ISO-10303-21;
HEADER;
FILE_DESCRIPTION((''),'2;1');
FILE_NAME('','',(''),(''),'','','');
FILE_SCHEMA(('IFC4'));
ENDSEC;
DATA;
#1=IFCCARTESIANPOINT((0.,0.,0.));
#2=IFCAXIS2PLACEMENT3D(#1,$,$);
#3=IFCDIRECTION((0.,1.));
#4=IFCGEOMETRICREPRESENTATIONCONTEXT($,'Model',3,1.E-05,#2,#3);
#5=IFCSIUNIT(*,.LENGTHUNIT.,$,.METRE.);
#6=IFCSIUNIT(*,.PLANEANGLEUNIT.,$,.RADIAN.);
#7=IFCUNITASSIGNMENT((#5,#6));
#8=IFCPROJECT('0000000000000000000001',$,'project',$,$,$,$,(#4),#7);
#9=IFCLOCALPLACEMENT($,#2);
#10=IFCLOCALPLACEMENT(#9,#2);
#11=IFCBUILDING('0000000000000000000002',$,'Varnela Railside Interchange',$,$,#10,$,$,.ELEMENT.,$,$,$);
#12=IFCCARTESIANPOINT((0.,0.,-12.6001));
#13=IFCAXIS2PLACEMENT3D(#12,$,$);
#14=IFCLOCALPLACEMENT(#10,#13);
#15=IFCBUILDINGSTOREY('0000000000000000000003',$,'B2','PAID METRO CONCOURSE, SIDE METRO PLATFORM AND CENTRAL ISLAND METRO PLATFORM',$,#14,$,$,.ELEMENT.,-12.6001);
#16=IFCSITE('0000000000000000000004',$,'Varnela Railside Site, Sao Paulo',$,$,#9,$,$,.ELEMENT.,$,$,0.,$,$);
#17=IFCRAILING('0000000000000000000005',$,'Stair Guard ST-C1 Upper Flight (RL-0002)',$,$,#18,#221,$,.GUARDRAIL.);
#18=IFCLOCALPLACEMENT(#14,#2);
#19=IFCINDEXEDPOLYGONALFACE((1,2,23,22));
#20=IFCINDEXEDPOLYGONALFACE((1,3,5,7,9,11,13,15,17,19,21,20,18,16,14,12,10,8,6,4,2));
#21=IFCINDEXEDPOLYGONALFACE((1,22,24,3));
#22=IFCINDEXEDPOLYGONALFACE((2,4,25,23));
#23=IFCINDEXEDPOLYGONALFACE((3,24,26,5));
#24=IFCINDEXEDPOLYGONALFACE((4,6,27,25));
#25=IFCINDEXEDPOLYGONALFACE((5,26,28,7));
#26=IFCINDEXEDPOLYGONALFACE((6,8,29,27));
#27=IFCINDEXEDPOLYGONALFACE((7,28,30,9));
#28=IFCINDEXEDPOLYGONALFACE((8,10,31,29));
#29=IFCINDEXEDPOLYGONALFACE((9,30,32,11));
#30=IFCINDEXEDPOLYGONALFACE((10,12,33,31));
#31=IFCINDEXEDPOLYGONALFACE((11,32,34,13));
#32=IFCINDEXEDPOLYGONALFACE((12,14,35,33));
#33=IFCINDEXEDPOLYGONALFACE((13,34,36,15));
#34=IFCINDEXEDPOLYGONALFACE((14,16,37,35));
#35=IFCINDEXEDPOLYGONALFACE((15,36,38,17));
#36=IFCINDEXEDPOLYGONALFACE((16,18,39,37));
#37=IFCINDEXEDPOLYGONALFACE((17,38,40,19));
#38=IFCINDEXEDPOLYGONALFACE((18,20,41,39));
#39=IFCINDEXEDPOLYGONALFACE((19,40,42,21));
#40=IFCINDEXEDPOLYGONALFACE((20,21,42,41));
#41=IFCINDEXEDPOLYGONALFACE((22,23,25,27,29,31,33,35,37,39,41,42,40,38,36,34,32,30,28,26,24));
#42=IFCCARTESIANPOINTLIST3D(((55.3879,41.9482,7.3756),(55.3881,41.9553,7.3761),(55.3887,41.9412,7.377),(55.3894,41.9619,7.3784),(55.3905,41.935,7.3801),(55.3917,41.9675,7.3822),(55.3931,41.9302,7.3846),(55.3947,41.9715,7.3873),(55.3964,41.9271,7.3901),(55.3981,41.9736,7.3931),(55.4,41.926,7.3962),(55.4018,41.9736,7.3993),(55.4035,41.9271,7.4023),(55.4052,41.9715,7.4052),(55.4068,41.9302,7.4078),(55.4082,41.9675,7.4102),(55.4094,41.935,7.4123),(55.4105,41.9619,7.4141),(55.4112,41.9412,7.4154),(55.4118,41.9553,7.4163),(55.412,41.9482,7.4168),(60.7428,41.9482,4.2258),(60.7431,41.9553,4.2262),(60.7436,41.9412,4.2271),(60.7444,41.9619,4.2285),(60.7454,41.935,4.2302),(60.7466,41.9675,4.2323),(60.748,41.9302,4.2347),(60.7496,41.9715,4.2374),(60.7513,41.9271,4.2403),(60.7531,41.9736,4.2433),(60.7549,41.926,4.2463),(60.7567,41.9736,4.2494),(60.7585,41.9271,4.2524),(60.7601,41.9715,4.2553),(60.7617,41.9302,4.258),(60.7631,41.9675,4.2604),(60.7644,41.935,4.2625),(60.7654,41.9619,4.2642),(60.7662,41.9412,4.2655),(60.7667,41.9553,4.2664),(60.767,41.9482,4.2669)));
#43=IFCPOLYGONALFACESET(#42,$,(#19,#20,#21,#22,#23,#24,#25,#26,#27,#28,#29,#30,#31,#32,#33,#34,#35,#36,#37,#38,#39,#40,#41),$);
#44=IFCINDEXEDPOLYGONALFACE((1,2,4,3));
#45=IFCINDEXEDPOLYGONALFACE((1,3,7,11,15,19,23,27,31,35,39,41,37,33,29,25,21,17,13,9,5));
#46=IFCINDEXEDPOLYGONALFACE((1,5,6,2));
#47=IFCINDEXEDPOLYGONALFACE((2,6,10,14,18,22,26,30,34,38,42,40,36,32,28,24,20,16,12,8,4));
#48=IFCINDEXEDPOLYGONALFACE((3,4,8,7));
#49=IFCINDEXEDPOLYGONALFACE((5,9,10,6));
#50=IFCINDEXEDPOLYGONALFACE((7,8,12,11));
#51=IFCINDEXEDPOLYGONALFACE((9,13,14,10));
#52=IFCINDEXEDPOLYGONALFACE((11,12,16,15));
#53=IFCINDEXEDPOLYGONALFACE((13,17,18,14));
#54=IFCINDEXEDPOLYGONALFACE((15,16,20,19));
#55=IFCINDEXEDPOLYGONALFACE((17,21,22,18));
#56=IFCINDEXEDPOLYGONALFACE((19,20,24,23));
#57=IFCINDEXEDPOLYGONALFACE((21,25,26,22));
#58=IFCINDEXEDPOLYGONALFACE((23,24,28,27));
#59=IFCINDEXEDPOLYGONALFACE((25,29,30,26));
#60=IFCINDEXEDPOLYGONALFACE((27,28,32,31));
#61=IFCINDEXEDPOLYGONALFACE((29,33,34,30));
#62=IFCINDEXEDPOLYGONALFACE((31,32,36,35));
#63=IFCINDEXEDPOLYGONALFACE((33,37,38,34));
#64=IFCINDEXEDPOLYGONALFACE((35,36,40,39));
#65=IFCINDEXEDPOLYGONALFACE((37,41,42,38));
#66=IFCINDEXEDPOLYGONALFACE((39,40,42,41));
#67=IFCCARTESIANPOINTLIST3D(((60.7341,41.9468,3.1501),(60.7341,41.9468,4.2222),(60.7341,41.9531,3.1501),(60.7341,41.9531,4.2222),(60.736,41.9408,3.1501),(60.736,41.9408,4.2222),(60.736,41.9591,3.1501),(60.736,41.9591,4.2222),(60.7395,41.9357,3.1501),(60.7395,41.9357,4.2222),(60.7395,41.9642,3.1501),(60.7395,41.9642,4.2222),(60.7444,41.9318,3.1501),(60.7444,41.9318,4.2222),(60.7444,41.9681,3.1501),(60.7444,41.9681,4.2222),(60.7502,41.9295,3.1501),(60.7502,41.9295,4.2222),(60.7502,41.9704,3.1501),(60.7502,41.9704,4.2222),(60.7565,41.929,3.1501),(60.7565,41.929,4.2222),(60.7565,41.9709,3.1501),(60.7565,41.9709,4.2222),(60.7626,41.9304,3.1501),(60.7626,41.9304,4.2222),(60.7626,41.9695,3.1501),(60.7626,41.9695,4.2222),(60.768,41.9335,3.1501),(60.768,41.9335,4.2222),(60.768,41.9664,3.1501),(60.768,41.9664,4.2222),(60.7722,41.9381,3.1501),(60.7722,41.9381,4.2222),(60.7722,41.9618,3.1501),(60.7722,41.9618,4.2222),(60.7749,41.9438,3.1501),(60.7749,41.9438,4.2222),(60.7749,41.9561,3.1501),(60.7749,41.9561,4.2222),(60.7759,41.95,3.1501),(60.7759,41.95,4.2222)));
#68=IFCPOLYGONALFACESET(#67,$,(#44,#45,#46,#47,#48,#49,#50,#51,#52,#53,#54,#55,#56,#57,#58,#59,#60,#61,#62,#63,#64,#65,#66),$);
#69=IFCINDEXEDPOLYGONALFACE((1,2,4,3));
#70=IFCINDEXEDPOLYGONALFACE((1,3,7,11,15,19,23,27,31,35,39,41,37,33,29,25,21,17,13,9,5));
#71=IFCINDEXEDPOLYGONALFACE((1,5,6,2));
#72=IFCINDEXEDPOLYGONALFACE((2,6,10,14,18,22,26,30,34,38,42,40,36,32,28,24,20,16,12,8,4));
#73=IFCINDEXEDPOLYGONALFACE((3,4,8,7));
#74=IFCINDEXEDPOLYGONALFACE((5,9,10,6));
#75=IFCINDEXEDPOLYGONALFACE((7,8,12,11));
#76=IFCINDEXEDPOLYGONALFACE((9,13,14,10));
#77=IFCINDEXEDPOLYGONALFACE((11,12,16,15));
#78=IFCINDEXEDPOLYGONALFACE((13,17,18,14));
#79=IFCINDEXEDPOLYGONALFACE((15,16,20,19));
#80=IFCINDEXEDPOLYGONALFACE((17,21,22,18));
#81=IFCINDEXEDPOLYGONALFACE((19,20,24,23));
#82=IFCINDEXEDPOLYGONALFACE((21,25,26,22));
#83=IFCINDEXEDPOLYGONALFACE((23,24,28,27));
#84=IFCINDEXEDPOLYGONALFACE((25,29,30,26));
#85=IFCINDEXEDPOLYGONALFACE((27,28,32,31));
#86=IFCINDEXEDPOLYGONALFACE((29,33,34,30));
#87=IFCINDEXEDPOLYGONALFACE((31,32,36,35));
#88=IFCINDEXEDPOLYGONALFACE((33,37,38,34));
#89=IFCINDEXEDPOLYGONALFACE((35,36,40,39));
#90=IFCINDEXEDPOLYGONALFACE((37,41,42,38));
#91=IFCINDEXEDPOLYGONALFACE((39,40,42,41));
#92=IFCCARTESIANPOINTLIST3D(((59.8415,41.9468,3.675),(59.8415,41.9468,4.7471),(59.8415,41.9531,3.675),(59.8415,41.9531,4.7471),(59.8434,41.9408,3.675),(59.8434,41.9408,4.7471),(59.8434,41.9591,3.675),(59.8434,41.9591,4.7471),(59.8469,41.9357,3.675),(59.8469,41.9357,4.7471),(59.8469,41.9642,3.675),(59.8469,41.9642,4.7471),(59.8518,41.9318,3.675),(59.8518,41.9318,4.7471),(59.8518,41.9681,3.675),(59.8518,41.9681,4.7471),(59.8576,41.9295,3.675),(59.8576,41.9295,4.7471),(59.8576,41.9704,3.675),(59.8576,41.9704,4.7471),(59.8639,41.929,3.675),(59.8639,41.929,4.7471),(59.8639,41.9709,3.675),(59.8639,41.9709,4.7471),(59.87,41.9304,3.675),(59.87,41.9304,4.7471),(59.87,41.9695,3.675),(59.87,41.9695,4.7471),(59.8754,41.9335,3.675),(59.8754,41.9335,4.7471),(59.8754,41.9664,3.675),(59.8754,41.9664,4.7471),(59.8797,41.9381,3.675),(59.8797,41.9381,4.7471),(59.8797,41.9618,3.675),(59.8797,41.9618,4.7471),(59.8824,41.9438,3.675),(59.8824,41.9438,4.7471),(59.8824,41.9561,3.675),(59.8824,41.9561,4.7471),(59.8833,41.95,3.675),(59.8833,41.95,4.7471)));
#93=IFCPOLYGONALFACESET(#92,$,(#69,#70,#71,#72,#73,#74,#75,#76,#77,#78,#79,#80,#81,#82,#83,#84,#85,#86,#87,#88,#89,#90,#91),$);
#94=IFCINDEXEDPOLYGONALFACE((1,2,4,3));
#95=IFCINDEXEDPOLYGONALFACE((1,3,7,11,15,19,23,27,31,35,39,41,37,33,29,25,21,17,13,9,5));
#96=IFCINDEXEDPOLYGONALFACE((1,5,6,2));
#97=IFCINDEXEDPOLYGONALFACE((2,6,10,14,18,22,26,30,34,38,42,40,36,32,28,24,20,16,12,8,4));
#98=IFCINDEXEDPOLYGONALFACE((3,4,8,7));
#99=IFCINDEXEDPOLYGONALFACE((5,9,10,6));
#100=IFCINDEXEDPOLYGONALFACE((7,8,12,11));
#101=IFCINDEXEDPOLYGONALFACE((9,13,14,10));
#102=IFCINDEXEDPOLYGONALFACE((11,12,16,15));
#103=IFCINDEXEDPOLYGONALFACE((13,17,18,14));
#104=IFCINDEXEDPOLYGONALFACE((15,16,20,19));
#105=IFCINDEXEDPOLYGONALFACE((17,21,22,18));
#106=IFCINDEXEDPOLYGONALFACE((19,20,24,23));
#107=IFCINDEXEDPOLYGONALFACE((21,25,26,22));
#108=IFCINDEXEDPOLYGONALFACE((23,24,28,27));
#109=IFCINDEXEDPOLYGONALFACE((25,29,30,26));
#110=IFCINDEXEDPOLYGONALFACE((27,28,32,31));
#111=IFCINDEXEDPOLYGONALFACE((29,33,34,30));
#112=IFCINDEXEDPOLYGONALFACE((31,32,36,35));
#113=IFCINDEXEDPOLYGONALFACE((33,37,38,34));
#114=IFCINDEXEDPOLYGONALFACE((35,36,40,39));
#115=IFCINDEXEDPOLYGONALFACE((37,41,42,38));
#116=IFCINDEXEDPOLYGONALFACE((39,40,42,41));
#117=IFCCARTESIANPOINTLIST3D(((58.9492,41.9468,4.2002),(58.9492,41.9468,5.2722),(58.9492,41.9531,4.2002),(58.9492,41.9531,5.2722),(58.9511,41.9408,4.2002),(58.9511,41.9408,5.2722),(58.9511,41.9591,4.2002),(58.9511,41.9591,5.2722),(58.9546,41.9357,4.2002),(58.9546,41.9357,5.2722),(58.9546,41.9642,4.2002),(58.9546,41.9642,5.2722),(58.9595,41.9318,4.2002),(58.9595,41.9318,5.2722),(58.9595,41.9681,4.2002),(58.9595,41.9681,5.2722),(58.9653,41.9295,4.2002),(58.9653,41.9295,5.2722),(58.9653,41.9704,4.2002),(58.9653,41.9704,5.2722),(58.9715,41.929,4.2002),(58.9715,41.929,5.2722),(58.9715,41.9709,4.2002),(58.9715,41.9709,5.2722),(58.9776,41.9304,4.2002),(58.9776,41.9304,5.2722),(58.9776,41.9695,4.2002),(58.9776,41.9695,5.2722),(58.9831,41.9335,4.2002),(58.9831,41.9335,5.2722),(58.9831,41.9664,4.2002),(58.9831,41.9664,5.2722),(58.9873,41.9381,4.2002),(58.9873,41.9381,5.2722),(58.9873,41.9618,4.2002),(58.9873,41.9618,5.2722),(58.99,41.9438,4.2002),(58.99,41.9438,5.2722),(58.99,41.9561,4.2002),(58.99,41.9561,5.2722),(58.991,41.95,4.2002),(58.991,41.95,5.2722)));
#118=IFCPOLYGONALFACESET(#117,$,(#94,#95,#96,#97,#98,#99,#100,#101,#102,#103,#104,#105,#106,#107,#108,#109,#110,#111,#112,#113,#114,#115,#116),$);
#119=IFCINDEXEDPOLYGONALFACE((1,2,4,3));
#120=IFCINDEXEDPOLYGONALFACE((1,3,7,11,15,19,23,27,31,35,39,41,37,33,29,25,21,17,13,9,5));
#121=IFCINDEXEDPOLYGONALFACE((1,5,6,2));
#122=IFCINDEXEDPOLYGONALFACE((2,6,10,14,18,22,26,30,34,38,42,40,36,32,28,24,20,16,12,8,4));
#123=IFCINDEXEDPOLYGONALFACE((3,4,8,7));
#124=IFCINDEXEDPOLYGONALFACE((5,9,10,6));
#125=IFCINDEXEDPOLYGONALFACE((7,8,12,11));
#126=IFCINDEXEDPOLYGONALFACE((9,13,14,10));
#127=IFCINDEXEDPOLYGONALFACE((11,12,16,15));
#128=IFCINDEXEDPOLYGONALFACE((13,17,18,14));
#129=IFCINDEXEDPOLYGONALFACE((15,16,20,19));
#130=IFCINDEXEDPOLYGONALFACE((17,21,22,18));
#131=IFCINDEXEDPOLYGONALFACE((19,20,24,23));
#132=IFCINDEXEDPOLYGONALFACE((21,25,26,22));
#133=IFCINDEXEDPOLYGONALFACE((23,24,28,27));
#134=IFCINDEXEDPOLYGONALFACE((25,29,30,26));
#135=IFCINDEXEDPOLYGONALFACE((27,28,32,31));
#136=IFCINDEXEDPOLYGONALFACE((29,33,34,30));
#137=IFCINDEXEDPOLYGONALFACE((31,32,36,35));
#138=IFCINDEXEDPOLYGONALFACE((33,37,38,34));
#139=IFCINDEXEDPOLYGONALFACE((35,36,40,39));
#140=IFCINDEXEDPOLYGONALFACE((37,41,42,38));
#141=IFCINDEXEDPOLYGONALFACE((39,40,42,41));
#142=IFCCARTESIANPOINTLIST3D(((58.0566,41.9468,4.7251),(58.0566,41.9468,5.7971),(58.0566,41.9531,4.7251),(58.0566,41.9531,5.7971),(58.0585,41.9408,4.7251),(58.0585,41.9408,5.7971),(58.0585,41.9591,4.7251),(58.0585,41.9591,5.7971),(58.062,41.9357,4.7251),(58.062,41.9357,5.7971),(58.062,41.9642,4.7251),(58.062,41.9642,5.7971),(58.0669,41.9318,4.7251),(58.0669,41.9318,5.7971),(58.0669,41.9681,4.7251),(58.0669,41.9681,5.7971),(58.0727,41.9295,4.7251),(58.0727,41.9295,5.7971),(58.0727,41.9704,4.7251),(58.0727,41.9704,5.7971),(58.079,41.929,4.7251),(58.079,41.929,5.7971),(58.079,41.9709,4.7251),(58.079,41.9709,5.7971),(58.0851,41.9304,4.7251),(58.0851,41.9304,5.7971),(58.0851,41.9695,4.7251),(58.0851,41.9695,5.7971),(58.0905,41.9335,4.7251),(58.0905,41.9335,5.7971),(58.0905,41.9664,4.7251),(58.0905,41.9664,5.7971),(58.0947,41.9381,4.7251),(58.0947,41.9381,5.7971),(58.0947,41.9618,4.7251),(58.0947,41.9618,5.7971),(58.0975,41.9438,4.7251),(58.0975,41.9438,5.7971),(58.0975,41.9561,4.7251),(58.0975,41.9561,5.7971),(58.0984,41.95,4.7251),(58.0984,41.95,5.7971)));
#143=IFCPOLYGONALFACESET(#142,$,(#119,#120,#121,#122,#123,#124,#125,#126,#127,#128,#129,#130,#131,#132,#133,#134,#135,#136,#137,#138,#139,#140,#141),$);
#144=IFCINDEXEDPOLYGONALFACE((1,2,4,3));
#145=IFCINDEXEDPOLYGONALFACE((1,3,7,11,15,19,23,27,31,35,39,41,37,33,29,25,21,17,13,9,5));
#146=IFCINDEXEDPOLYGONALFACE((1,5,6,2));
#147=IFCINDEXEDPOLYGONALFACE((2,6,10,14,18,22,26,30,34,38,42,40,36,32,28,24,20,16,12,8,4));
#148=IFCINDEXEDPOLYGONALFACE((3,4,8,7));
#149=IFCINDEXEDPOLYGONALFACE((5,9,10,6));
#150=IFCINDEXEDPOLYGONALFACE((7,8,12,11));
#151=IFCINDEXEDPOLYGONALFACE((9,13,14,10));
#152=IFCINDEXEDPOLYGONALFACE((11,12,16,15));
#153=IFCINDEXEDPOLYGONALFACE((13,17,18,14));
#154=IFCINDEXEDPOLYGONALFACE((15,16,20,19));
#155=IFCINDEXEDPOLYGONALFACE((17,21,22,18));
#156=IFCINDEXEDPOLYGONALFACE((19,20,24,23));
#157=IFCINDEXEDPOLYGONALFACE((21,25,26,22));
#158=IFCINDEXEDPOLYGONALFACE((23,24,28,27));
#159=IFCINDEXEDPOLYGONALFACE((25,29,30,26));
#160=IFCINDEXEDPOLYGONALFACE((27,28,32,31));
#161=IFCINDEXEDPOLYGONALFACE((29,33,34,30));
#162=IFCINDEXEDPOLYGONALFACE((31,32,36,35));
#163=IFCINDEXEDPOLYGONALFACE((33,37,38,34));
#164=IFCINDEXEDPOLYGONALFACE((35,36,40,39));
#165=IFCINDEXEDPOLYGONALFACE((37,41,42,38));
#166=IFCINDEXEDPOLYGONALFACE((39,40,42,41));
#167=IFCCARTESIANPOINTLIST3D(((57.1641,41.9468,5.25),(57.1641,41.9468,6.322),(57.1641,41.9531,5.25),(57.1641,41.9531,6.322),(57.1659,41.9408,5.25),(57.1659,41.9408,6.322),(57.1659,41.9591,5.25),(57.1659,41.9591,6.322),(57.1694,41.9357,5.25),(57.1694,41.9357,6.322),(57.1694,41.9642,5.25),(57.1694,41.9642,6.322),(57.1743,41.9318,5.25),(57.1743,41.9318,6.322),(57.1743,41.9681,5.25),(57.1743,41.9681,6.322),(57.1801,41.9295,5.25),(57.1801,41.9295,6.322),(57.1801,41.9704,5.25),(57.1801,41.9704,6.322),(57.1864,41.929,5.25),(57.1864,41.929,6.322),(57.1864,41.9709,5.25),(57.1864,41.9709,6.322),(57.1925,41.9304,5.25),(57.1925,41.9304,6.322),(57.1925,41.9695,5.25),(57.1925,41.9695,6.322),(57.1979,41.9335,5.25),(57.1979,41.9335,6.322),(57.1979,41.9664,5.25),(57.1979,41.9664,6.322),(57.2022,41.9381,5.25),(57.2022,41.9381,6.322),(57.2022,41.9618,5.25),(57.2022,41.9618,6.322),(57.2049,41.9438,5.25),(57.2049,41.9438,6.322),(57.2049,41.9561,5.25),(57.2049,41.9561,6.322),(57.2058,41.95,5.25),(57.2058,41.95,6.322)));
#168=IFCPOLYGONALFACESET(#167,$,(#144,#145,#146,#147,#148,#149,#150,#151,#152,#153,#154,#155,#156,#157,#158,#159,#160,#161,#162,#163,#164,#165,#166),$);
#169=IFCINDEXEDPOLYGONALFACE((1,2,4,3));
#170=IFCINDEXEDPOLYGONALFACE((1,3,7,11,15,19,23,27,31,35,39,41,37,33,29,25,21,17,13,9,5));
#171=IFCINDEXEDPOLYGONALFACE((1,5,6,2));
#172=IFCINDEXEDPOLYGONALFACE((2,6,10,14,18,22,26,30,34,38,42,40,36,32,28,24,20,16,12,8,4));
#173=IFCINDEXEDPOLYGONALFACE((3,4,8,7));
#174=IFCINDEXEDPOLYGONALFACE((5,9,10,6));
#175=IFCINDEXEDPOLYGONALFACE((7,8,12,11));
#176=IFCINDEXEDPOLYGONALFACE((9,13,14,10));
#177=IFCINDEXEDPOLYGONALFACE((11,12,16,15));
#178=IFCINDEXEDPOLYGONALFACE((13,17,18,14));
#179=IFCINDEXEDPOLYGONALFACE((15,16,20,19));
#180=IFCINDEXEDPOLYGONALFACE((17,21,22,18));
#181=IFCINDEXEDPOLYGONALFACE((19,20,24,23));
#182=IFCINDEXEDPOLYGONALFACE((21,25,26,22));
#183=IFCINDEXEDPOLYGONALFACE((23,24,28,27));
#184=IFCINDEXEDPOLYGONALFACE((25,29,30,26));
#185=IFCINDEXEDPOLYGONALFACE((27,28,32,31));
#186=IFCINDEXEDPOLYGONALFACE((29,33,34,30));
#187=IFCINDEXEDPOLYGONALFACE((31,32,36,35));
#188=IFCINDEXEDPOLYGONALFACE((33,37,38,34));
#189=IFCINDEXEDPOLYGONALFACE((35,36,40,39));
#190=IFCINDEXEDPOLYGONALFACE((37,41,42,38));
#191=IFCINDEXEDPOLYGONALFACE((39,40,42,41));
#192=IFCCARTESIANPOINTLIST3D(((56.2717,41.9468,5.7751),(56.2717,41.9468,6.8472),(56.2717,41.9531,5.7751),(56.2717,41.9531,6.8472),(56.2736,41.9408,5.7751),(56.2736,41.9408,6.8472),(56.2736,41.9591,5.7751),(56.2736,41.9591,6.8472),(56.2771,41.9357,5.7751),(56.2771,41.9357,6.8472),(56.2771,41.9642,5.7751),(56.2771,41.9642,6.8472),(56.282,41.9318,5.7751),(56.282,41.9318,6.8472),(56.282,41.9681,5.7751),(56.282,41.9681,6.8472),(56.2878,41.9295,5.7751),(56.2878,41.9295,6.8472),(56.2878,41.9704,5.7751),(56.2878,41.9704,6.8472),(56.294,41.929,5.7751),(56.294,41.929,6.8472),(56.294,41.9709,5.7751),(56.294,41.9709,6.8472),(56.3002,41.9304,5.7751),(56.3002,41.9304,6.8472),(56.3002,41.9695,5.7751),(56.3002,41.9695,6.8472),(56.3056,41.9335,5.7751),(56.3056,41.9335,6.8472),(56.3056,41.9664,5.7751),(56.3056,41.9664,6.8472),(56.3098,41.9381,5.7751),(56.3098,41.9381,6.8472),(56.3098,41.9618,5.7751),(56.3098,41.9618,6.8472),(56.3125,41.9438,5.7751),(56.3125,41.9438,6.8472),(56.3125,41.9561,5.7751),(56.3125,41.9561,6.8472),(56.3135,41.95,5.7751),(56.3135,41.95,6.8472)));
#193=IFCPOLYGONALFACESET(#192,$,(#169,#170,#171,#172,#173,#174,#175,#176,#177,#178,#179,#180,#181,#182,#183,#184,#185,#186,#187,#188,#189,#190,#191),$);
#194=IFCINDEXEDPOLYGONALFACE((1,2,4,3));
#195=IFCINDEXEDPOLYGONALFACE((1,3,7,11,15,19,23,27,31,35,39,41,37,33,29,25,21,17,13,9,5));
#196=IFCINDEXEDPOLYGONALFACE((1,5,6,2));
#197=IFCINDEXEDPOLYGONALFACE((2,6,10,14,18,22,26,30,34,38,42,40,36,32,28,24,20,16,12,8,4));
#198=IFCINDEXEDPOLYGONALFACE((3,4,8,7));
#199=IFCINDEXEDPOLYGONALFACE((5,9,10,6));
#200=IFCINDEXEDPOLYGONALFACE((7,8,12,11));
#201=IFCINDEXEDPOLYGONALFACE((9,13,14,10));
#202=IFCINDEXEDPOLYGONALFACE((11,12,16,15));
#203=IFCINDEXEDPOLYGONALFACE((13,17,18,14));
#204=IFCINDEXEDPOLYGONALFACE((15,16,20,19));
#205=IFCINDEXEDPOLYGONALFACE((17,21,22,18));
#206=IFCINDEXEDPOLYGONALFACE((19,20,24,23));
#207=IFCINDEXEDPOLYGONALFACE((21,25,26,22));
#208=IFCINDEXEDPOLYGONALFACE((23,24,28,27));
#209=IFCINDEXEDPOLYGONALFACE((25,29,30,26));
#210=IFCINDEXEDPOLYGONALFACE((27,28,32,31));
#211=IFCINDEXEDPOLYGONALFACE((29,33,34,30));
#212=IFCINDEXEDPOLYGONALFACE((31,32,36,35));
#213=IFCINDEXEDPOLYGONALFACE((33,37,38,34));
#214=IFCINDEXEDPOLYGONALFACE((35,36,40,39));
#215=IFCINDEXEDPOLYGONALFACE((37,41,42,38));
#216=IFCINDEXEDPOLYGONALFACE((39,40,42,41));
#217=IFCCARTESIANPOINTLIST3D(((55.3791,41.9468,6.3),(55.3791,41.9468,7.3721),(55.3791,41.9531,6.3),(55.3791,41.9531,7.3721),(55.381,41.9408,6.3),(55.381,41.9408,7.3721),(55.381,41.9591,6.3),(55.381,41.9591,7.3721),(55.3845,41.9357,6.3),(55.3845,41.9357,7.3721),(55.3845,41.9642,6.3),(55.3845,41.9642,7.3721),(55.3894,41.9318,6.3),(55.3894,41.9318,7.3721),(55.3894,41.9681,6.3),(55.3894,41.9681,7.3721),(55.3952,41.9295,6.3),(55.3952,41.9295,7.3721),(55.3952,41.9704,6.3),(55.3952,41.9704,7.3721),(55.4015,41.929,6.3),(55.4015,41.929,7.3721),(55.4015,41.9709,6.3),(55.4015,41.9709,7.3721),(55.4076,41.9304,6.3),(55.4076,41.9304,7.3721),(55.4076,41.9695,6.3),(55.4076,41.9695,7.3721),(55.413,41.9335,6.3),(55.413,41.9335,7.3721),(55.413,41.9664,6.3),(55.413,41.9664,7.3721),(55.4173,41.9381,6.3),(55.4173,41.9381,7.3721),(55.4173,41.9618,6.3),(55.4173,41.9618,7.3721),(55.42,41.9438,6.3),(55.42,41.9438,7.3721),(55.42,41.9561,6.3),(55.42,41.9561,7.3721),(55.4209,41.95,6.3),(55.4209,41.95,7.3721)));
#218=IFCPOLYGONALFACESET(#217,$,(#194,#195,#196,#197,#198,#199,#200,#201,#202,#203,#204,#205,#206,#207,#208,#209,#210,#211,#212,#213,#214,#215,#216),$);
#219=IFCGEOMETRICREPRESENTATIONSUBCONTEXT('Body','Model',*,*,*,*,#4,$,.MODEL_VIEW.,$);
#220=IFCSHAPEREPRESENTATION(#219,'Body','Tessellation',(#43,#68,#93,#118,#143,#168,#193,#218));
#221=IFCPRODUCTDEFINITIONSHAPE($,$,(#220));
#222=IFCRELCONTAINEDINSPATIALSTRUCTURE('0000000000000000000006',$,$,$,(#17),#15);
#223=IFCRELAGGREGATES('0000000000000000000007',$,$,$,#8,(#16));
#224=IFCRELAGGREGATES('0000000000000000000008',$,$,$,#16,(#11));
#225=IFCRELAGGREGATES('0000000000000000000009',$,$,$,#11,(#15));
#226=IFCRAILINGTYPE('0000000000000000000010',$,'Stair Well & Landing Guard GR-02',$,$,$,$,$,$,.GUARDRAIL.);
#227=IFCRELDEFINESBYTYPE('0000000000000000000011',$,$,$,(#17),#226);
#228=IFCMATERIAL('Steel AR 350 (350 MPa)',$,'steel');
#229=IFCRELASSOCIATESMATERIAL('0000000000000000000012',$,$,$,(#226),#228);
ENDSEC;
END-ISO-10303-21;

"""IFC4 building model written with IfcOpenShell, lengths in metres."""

from ifc_helpers import new_model, si_unit, direction, frame, origin, origin_2d, place, context, subcontext, project, spatial, circle, extrude, material, type_object, element, save


model = new_model("IFC4")

# Units and contexts
model_context = context("Model", 3, precision=1e-05, world=origin(), true_north=direction((0.0, 1.0)))
body_context = subcontext(model_context, "Body", "Model", "MODEL_VIEW")
ifc_project = project(units=[si_unit("LENGTHUNIT", "METRE"), si_unit("PLANEANGLEUNIT", "RADIAN")], contexts=[model_context])

# Site, building, storey
site_placement = place(None, origin())
site = spatial("IfcSite", under=ifc_project, at=site_placement, Name="Varnela Railside Site, Sao Paulo", CompositionType="ELEMENT", RefElevation=0.0)
building_placement = place(site_placement, origin())
building = spatial("IfcBuilding", under=site, at=building_placement, Name="Varnela Railside Interchange", CompositionType="ELEMENT")
storey_placement = place(building_placement, frame((0.0, 0.0, -12.6001)))
storey = spatial("IfcBuildingStorey", under=building, at=storey_placement, Name="B2", Description="PAID METRO CONCOURSE, SIDE METRO PLATFORM AND CENTRAL ISLAND METRO PLATFORM", CompositionType="ELEMENT", Elevation=-12.6001)

# Shared definitions
ifc_material_1 = material(Name="Steel AR 350 (350 MPa)", Category="steel")

# Railing
railing_type_1 = type_object("IfcRailingType", Name="Stair Well & Landing Guard GR-02", PredefinedType="GUARDRAIL", material=ifc_material_1)
railing_1_placement = place(storey_placement, frame((60.7549, 41.95, 3.1501)))
element("IfcRailing", 1, at=railing_1_placement, inside=storey, type_object=railing_type_1, Name="Stair Guard ST-C1 Upper Flight (RL-0002)", PredefinedType="GUARDRAIL", context=body_context, shape_type="SweptSolid", body=[
    extrude(circle(Radius=0.0239, at=origin_2d()), frame((0.0, 0.0, 1.0962), z_axis=(-0.86194, 0.0, 0.50701), x_axis=(0.0, -1.0, 0.0)), (0.0, 0.0, 1.0), 6.2126),
    extrude(circle(Radius=0.021, at=origin_2d()), origin(), (0.0, 0.0, 1.0), 1.072),
    extrude(circle(Radius=0.021, at=origin_2d()), frame((-0.8926, 0.0, 0.5249)), (0.0, 0.0, 1.0), 1.072),
    extrude(circle(Radius=0.021, at=origin_2d()), frame((-1.7849, 0.0, 1.05)), (0.0, 0.0, 1.0), 1.072),
    extrude(circle(Radius=0.021, at=origin_2d()), frame((-2.6775, 0.0, 1.575)), (0.0, 0.0, 1.0), 1.072),
    extrude(circle(Radius=0.021, at=origin_2d()), frame((-3.5701, 0.0, 2.0999)), (0.0, 0.0, 1.0), 1.072),
    extrude(circle(Radius=0.021, at=origin_2d()), frame((-4.4624, 0.0, 2.625)), (0.0, 0.0, 1.0), 1.072),
    extrude(circle(Radius=0.021, at=origin_2d()), frame((-5.355, 0.0, 3.1499)), (0.0, 0.0, 1.0), 1.072),
])

save(model, "model.ifc")
